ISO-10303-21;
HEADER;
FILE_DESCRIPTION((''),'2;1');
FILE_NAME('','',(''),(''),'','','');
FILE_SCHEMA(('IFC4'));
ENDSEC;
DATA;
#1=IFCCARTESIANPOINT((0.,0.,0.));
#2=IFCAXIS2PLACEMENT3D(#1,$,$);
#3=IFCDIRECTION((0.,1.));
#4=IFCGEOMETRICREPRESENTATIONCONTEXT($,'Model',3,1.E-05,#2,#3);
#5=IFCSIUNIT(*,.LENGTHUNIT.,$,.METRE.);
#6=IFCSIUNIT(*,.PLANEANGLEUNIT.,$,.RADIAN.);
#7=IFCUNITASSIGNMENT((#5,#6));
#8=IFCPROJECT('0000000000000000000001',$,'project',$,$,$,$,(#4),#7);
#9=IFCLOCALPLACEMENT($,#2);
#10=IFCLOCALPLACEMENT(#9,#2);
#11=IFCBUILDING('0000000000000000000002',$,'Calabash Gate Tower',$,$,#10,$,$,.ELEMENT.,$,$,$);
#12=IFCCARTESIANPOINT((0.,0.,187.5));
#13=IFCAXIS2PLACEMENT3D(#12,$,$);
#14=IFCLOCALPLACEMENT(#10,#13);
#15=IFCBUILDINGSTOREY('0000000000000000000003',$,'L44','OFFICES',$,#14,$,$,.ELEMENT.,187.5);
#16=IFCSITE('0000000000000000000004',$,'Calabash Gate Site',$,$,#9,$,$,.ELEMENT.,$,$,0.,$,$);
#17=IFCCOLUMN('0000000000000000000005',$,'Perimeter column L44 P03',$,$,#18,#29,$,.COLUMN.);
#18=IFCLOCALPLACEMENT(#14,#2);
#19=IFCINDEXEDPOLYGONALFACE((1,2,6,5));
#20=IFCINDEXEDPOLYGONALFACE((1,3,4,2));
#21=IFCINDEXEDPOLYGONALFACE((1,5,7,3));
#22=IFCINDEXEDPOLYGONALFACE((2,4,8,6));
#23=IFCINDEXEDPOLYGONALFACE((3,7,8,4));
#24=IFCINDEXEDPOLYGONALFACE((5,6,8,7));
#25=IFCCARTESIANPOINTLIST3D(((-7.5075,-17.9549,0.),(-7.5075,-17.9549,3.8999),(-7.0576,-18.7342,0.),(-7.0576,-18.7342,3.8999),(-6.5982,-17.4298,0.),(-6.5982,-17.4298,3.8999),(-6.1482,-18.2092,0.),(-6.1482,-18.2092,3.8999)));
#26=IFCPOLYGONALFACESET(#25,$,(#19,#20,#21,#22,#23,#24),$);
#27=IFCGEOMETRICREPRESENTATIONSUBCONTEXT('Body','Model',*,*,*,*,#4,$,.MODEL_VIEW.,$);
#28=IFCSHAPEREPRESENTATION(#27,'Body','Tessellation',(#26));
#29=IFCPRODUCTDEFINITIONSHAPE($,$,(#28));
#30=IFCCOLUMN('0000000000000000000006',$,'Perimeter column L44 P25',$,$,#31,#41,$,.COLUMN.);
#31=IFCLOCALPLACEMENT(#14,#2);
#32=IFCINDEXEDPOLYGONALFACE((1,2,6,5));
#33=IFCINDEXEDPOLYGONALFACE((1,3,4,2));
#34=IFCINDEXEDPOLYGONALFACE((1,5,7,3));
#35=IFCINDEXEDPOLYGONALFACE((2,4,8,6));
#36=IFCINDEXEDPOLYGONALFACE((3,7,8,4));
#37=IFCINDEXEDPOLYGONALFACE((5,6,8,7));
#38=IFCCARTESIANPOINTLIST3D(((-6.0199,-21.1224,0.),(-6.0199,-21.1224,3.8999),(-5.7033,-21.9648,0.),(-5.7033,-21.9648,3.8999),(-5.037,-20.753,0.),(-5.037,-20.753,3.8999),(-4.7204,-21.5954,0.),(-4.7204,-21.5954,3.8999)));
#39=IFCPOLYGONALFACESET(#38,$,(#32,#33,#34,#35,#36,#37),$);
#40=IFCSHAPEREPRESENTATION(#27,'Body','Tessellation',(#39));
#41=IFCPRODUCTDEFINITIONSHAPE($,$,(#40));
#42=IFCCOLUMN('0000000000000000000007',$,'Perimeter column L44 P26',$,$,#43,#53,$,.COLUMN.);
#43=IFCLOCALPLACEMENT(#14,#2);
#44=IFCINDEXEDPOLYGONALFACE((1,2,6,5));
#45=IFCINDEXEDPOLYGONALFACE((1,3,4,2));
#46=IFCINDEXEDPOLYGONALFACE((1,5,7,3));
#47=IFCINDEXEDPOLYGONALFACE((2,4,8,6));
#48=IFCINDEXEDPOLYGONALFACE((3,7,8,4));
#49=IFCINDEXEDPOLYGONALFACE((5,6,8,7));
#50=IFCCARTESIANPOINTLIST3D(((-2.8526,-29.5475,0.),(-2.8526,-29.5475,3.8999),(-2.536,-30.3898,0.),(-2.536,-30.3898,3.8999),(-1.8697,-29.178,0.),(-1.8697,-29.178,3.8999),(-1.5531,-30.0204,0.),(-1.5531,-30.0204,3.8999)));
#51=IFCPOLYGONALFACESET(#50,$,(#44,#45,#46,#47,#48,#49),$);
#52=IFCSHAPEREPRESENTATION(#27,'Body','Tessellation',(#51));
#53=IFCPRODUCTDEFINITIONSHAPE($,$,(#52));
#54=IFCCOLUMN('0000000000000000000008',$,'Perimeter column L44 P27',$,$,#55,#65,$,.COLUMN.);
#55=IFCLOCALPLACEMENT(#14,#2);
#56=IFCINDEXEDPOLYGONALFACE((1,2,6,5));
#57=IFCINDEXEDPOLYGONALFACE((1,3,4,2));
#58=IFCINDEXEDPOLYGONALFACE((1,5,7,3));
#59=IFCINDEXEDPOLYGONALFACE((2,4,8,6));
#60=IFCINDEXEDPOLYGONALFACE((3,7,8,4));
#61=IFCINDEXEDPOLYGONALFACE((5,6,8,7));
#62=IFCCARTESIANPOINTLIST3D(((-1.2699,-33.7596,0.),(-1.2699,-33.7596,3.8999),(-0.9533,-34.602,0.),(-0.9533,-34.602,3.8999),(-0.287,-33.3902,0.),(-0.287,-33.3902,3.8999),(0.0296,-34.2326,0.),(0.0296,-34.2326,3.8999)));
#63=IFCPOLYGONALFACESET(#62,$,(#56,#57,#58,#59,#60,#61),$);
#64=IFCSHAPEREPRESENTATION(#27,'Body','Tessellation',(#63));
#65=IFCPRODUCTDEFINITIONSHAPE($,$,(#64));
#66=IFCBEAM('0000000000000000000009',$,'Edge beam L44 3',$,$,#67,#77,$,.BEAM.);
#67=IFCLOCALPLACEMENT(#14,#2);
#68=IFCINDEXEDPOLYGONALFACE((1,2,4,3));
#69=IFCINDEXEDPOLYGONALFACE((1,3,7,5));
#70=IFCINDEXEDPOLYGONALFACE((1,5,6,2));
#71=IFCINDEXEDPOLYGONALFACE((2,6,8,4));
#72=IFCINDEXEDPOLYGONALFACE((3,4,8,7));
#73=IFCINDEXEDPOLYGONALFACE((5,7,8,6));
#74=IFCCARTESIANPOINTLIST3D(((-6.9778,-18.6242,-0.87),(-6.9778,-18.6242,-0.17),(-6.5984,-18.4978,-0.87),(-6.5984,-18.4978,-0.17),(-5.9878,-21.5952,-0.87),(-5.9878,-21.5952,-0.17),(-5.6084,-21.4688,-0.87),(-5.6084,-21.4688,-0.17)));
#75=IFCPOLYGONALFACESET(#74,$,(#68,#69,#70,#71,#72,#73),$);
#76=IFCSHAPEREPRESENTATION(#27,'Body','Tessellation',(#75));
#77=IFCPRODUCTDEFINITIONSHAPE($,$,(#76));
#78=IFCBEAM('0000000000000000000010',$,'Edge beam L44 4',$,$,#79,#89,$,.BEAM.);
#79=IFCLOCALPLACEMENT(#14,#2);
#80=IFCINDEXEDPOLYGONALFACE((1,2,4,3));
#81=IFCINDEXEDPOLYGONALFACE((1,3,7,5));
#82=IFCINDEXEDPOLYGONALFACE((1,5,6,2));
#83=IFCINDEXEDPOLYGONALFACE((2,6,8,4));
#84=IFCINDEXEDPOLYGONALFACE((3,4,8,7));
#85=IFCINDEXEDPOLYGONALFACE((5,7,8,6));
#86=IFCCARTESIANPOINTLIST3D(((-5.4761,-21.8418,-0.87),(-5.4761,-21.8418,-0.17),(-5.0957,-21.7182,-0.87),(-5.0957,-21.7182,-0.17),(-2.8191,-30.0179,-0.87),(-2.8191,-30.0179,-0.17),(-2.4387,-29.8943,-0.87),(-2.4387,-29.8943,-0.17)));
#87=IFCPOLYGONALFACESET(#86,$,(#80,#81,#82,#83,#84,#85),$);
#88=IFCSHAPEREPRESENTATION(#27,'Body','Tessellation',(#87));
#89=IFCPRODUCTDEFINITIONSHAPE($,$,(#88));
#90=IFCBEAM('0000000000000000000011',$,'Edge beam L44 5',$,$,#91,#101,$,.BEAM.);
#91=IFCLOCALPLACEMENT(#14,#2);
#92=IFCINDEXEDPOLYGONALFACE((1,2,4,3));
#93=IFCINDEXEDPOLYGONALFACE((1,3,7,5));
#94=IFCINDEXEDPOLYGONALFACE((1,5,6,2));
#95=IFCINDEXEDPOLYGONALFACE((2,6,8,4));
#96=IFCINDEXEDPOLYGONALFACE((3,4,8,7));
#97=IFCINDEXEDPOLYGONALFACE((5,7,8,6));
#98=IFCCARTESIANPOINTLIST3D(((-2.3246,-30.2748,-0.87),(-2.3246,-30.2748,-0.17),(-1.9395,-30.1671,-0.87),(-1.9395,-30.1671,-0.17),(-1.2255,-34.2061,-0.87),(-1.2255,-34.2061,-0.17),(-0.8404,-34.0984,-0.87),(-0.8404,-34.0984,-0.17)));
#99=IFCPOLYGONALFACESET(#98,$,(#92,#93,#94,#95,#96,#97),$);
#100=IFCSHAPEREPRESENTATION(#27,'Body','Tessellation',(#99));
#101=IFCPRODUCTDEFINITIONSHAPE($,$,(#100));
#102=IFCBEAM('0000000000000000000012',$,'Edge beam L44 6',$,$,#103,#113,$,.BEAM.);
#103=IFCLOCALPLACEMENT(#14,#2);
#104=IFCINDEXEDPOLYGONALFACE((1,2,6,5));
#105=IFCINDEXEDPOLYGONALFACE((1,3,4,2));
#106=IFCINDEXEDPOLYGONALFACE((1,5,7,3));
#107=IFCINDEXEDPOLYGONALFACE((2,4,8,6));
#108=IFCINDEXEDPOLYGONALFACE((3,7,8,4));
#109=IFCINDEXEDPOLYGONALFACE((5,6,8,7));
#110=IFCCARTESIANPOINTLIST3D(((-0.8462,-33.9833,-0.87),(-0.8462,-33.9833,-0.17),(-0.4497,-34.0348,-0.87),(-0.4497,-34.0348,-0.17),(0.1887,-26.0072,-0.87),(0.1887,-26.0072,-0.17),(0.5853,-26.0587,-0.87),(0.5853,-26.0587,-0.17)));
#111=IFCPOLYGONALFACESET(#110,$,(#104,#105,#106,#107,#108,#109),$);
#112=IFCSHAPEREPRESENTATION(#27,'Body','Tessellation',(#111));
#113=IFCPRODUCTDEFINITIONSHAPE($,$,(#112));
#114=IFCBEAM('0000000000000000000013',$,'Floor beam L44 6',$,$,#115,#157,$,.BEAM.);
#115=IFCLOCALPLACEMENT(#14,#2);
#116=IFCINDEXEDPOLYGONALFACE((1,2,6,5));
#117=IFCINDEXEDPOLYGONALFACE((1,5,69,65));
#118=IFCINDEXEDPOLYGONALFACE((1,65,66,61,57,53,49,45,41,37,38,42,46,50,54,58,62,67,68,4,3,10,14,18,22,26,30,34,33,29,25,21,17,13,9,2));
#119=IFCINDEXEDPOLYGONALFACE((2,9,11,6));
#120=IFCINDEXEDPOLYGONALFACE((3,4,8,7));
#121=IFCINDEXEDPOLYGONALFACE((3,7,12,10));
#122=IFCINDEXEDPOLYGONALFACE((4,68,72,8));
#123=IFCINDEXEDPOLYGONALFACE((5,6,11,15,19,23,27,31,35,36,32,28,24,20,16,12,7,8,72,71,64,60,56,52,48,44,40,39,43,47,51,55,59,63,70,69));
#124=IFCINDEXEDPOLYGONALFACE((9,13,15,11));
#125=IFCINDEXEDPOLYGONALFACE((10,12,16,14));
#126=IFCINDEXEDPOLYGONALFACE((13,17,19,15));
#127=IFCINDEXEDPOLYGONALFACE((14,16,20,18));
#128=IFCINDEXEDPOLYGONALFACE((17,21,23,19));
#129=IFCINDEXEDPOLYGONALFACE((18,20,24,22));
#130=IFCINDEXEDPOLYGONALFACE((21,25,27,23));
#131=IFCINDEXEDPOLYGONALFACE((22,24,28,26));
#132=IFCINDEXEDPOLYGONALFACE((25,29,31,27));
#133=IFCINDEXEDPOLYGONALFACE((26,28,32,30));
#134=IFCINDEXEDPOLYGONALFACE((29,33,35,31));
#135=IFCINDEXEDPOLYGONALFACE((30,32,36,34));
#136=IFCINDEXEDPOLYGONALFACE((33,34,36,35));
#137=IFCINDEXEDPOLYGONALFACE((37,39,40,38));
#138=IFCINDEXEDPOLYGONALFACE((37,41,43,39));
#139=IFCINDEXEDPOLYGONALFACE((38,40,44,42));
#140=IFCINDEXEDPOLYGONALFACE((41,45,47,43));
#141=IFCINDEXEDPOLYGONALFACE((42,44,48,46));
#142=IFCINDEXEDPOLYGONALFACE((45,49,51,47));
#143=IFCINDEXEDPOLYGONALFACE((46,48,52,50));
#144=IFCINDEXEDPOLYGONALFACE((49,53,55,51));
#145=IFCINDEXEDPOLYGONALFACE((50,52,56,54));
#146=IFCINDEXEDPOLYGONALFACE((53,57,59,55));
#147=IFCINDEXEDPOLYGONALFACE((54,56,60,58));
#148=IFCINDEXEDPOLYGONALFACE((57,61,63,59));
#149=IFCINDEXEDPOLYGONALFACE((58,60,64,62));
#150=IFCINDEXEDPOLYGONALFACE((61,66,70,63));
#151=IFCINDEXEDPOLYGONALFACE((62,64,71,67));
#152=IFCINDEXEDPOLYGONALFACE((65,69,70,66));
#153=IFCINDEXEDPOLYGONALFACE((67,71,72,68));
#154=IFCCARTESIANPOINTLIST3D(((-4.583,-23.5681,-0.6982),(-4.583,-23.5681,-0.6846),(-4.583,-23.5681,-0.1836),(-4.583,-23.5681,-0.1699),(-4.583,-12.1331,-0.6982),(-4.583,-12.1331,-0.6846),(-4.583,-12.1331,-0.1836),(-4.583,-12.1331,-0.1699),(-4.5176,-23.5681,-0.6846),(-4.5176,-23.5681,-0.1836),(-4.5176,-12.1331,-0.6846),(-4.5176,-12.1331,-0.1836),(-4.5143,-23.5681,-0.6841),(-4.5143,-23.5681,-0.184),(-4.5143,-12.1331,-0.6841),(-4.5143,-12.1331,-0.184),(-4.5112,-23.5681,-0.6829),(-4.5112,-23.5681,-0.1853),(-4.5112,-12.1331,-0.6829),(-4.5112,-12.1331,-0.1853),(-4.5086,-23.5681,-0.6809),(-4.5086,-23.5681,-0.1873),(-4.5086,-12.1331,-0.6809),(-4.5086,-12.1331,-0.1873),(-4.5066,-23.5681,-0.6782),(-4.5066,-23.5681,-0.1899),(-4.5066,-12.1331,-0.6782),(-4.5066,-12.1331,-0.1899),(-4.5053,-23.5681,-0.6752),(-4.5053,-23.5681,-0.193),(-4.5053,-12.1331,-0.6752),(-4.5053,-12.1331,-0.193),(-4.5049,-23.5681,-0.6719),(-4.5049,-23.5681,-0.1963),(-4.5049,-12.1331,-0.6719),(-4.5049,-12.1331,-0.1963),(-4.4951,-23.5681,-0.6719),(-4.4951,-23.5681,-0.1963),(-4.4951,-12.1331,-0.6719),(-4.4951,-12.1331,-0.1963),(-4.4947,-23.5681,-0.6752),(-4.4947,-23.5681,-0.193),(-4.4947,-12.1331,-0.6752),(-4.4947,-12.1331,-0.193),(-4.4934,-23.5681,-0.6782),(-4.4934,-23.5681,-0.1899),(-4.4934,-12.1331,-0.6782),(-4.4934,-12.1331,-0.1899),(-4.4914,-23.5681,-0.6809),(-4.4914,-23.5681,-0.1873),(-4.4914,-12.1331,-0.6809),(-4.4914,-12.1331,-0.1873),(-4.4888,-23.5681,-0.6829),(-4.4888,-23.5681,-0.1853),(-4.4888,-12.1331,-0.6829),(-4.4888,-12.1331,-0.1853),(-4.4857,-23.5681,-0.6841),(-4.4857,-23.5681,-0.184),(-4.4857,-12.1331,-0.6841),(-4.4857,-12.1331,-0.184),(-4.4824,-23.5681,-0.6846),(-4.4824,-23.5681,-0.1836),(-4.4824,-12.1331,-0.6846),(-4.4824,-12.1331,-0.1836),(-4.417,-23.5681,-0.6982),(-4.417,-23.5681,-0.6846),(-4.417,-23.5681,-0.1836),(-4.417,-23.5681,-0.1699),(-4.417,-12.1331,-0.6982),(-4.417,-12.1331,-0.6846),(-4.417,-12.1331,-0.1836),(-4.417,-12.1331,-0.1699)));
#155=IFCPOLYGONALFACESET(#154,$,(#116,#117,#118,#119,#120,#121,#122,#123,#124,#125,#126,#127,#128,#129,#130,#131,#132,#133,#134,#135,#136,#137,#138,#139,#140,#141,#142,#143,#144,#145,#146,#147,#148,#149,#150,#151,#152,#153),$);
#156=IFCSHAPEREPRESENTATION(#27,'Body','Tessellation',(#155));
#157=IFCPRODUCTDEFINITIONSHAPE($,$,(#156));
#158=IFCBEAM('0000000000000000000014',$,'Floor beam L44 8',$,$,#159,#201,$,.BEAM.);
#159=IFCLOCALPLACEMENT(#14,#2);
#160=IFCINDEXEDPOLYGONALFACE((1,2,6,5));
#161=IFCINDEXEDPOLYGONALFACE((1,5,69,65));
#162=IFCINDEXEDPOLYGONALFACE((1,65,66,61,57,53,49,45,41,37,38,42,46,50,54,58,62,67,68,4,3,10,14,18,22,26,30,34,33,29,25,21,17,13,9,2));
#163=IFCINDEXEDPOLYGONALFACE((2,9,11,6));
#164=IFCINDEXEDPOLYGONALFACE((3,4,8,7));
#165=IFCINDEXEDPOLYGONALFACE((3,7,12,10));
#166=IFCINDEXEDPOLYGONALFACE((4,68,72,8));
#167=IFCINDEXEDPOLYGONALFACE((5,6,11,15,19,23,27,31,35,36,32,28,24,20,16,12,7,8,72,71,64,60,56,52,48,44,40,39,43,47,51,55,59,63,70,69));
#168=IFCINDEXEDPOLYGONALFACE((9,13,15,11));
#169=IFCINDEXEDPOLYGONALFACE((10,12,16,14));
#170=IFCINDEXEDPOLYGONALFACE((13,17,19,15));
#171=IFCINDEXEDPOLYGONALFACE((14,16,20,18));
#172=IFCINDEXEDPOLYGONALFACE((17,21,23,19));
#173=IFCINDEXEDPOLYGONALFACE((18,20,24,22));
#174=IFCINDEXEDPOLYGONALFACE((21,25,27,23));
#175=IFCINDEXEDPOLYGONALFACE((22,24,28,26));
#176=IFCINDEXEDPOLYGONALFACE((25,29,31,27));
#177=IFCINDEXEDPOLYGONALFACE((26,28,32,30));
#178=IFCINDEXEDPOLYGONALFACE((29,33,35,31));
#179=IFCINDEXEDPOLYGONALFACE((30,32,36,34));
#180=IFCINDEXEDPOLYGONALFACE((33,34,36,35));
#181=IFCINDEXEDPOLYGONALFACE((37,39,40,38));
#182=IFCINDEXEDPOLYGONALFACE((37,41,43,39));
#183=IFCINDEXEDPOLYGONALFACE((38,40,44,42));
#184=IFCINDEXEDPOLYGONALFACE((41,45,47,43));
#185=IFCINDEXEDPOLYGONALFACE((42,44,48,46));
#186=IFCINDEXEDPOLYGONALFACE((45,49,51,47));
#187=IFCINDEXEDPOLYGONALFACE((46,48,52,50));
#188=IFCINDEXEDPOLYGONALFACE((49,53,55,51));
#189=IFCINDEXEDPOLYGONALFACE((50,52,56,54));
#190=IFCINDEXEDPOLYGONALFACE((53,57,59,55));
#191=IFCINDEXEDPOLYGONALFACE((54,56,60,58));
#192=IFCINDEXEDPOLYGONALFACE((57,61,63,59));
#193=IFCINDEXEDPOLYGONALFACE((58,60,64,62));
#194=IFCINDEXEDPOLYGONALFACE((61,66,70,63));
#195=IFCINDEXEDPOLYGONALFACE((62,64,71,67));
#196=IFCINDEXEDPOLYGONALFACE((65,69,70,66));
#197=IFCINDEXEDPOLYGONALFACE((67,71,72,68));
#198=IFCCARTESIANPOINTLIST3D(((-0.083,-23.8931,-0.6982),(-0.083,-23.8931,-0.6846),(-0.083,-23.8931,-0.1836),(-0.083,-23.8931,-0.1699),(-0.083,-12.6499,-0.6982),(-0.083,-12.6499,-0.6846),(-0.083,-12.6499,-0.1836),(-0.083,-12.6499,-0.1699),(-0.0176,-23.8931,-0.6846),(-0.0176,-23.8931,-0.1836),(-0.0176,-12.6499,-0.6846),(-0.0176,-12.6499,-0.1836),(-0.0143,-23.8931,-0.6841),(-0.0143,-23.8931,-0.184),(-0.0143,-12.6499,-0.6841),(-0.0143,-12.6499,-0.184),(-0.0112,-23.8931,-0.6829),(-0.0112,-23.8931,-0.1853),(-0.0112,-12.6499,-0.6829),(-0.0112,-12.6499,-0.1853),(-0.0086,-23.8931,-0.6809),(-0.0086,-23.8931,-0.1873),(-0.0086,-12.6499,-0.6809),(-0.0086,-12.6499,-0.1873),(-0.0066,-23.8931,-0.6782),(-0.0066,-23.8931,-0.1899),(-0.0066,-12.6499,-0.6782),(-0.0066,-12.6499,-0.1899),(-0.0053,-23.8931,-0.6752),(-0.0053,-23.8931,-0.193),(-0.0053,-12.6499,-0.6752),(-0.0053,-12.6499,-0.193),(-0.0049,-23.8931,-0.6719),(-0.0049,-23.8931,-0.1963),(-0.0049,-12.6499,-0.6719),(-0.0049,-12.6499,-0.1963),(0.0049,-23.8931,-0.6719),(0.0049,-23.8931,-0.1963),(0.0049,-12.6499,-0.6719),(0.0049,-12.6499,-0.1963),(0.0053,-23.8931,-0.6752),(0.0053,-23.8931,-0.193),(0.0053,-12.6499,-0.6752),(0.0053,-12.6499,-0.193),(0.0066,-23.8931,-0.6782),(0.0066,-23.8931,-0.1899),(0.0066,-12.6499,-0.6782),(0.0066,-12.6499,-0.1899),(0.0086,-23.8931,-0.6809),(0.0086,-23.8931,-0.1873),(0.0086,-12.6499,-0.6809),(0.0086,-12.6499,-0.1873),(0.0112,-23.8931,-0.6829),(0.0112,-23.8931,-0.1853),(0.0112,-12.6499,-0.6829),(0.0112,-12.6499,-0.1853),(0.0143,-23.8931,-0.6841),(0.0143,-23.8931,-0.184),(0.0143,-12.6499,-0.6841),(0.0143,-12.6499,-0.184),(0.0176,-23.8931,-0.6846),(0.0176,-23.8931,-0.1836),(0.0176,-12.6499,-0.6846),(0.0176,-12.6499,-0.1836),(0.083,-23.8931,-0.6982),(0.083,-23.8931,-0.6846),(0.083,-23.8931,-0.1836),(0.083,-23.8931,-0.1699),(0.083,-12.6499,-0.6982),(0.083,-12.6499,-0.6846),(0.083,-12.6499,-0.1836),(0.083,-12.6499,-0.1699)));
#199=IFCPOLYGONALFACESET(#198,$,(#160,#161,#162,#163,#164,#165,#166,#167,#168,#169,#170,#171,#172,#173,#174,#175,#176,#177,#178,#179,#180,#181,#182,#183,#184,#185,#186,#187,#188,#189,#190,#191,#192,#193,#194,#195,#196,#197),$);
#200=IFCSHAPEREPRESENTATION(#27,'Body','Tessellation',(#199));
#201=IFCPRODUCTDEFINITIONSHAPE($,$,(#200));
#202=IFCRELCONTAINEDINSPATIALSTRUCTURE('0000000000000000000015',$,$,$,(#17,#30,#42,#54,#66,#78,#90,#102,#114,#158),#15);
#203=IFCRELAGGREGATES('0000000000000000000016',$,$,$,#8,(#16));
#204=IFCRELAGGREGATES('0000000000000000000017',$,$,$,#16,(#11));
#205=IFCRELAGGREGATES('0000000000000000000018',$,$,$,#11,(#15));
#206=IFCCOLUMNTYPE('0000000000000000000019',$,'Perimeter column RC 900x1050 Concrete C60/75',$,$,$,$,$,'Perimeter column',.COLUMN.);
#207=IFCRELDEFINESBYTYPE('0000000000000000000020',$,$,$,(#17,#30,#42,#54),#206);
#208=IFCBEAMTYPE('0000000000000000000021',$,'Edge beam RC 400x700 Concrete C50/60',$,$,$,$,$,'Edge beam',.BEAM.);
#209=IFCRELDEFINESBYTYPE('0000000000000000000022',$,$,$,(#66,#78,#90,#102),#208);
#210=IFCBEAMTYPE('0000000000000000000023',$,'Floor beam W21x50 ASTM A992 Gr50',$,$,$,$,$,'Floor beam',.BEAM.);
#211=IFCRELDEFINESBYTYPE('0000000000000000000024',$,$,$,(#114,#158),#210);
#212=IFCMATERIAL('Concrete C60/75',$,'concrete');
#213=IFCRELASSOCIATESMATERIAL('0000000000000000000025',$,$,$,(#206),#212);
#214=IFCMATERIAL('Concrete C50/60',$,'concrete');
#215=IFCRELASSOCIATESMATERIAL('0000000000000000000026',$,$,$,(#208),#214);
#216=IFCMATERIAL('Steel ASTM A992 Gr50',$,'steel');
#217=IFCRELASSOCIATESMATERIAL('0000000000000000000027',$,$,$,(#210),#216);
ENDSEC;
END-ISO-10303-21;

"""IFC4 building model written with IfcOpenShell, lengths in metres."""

from ifc_helpers import new_model, si_unit, direction, frame, origin, origin_2d, place, context, subcontext, project, spatial, rectangle, i_section, extrude, material, material_profile, profile_set, type_object, element, save


model = new_model("IFC4")

# Units and contexts
model_context = context("Model", 3, precision=1e-05, world=origin(), true_north=direction((0.0, 1.0)))
body_context = subcontext(model_context, "Body", "Model", "MODEL_VIEW")
ifc_project = project(units=[si_unit("LENGTHUNIT", "METRE"), si_unit("PLANEANGLEUNIT", "RADIAN")], contexts=[model_context])

# Site, building, storey
site_placement = place(None, origin())
site = spatial("IfcSite", under=ifc_project, at=site_placement, Name="Calabash Gate Site", CompositionType="ELEMENT", RefElevation=0.0)
building_placement = place(site_placement, origin())
building = spatial("IfcBuilding", under=site, at=building_placement, Name="Calabash Gate Tower", CompositionType="ELEMENT")
storey_placement = place(building_placement, frame((0.0, 0.0, 187.5)))
storey = spatial("IfcBuildingStorey", under=building, at=storey_placement, Name="L44", Description="OFFICES", CompositionType="ELEMENT", Elevation=187.5)

# Columns
ifc_material_1 = material(Name="Concrete C60/75", Category="concrete")
ifc_material_profile_1 = material_profile(ifc_material_1, rectangle(XDim=0.8999, YDim=1.05, at=origin_2d()))
ifc_profile_set_1 = profile_set([ifc_material_profile_1], Name="Concrete C60/75")
column_type = type_object("IfcColumnType", Name="Perimeter column RC 900x1050 Concrete C60/75", ElementType="Perimeter column", PredefinedType="COLUMN", material=ifc_profile_set_1)
for number, where, z_axis, x_axis, name in (
    (1, (-6.8279, -18.082, 0.0), (0.0, 0.0, 1.0), (0.5, -0.866025, 0.0), "Perimeter column L44 P03"),
    (2, (-5.3701, -21.3589, 0.0), (0.0, 0.0, 1.0), (0.351823, -0.936067, 0.0), "Perimeter column L44 P25"),
    (3, (-2.2029, -29.7839, 0.0), (0.0, 0.0, 1.0), (0.351823, -0.936067, 0.0), "Perimeter column L44 P26"),
    (4, (-0.6201, -33.9961, 0.0), (0.0, 0.0, 1.0), (0.351823, -0.936067, 0.0), "Perimeter column L44 P27"),
):
    element("IfcColumn", number, at=place(storey_placement, frame(where, z_axis=z_axis, x_axis=x_axis)), inside=storey, type_object=column_type, Name=name, PredefinedType="COLUMN", context=body_context, shape_type="SweptSolid", body=[
        extrude(rectangle(XDim=0.8999, YDim=1.05, at=origin_2d()), origin(), (0.0, 0.0, 1.0), 3.8999),
    ])

# Beams
ifc_material_2 = material(Name="Concrete C50/60", Category="concrete")
ifc_material_profile_2 = material_profile(ifc_material_2, rectangle(XDim=0.3999, YDim=0.7, at=origin_2d()))
ifc_profile_set_2 = profile_set([ifc_material_profile_2], Name="Concrete C50/60")
beam_type_1 = type_object("IfcBeamType", Name="Edge beam RC 400x700 Concrete C50/60", ElementType="Edge beam", PredefinedType="BEAM", material=ifc_profile_set_2)
beam_1_placement = place(storey_placement, frame((-6.7881, -18.561, -0.52), z_axis=(0.316134, -0.948714, 0.0), x_axis=(0.948714, 0.316134, 0.0)))
element("IfcBeam", 5, at=beam_1_placement, inside=storey, type_object=beam_type_1, Name="Edge beam L44 3", PredefinedType="BEAM", context=body_context, shape_type="SweptSolid", body=[
    extrude(rectangle(XDim=0.3999, YDim=0.7, at=origin_2d()), origin(), (0.0, 0.0, 1.0), 3.1316),
])
beam_2_placement = place(storey_placement, frame((-5.2859, -21.78, -0.52), z_axis=(0.309062, -0.951042, 0.0), x_axis=(0.951042, 0.309062, 0.0)))
element("IfcBeam", 6, at=beam_2_placement, inside=storey, type_object=beam_type_1, Name="Edge beam L44 4", PredefinedType="BEAM", context=body_context, shape_type="SweptSolid", body=[
    extrude(rectangle(XDim=0.3999, YDim=0.7, at=origin_2d()), origin(), (0.0, 0.0, 1.0), 8.5969),
])
beam_3_placement = place(storey_placement, frame((-2.1321, -30.2209, -0.52), z_axis=(0.269266, -0.963066, 0.0), x_axis=(0.963066, 0.269266, 0.0)))
element("IfcBeam", 7, at=beam_3_placement, inside=storey, type_object=beam_type_1, Name="Edge beam L44 5", PredefinedType="BEAM", context=body_context, shape_type="SweptSolid", body=[
    extrude(rectangle(XDim=0.3999, YDim=0.7, at=origin_2d()), origin(), (0.0, 0.0, 1.0), 4.082),
])
beam_4_placement = place(storey_placement, frame((-0.6479, -34.009, -0.52), z_axis=(0.128673, 0.991687, 0.0), x_axis=(-0.991687, 0.128673, 0.0)))
element("IfcBeam", 8, at=beam_4_placement, inside=storey, type_object=beam_type_1, Name="Edge beam L44 6", PredefinedType="BEAM", context=body_context, shape_type="SweptSolid", body=[
    extrude(rectangle(XDim=0.3999, YDim=0.7, at=origin_2d()), origin(), (0.0, 0.0, 1.0), 8.043),
])
ifc_material_3 = material(Name="Steel ASTM A992 Gr50", Category="steel")
ifc_material_profile_3 = material_profile(ifc_material_3, i_section(OverallWidth=0.166, OverallDepth=0.5283, WebThickness=0.0098, FlangeThickness=0.0137, FilletRadius=0.0127, at=origin_2d()))
ifc_profile_set_3 = profile_set([ifc_material_profile_3], Name="Steel ASTM A992 Gr50")
beam_type_2 = type_object("IfcBeamType", Name="Floor beam W21x50 ASTM A992 Gr50", ElementType="Floor beam", PredefinedType="BEAM", material=ifc_profile_set_3)
beam_5_placement = place(storey_placement, frame((-4.5, -23.5681, -0.4341), z_axis=(0.0, 1.0, 0.0), x_axis=(-1.0, 0.0, 0.0)))
element("IfcBeam", 9, at=beam_5_placement, inside=storey, type_object=beam_type_2, Name="Floor beam L44 6", PredefinedType="BEAM", context=body_context, shape_type="SweptSolid", body=[
    extrude(i_section(OverallWidth=0.166, OverallDepth=0.5283, WebThickness=0.0098, FlangeThickness=0.0137, FilletRadius=0.0127, at=origin_2d()), origin(), (0.0, 0.0, 1.0), 11.4351),
])
beam_6_placement = place(storey_placement, frame((0.0, -23.8931, -0.4341), z_axis=(0.0, 1.0, 0.0), x_axis=(-1.0, 0.0, 0.0)))
element("IfcBeam", 10, at=beam_6_placement, inside=storey, type_object=beam_type_2, Name="Floor beam L44 8", PredefinedType="BEAM", context=body_context, shape_type="SweptSolid", body=[
    extrude(i_section(OverallWidth=0.166, OverallDepth=0.5283, WebThickness=0.0098, FlangeThickness=0.0137, FilletRadius=0.0127, at=origin_2d()), origin(), (0.0, 0.0, 1.0), 11.2432),
])

save(model, "model.ifc")
